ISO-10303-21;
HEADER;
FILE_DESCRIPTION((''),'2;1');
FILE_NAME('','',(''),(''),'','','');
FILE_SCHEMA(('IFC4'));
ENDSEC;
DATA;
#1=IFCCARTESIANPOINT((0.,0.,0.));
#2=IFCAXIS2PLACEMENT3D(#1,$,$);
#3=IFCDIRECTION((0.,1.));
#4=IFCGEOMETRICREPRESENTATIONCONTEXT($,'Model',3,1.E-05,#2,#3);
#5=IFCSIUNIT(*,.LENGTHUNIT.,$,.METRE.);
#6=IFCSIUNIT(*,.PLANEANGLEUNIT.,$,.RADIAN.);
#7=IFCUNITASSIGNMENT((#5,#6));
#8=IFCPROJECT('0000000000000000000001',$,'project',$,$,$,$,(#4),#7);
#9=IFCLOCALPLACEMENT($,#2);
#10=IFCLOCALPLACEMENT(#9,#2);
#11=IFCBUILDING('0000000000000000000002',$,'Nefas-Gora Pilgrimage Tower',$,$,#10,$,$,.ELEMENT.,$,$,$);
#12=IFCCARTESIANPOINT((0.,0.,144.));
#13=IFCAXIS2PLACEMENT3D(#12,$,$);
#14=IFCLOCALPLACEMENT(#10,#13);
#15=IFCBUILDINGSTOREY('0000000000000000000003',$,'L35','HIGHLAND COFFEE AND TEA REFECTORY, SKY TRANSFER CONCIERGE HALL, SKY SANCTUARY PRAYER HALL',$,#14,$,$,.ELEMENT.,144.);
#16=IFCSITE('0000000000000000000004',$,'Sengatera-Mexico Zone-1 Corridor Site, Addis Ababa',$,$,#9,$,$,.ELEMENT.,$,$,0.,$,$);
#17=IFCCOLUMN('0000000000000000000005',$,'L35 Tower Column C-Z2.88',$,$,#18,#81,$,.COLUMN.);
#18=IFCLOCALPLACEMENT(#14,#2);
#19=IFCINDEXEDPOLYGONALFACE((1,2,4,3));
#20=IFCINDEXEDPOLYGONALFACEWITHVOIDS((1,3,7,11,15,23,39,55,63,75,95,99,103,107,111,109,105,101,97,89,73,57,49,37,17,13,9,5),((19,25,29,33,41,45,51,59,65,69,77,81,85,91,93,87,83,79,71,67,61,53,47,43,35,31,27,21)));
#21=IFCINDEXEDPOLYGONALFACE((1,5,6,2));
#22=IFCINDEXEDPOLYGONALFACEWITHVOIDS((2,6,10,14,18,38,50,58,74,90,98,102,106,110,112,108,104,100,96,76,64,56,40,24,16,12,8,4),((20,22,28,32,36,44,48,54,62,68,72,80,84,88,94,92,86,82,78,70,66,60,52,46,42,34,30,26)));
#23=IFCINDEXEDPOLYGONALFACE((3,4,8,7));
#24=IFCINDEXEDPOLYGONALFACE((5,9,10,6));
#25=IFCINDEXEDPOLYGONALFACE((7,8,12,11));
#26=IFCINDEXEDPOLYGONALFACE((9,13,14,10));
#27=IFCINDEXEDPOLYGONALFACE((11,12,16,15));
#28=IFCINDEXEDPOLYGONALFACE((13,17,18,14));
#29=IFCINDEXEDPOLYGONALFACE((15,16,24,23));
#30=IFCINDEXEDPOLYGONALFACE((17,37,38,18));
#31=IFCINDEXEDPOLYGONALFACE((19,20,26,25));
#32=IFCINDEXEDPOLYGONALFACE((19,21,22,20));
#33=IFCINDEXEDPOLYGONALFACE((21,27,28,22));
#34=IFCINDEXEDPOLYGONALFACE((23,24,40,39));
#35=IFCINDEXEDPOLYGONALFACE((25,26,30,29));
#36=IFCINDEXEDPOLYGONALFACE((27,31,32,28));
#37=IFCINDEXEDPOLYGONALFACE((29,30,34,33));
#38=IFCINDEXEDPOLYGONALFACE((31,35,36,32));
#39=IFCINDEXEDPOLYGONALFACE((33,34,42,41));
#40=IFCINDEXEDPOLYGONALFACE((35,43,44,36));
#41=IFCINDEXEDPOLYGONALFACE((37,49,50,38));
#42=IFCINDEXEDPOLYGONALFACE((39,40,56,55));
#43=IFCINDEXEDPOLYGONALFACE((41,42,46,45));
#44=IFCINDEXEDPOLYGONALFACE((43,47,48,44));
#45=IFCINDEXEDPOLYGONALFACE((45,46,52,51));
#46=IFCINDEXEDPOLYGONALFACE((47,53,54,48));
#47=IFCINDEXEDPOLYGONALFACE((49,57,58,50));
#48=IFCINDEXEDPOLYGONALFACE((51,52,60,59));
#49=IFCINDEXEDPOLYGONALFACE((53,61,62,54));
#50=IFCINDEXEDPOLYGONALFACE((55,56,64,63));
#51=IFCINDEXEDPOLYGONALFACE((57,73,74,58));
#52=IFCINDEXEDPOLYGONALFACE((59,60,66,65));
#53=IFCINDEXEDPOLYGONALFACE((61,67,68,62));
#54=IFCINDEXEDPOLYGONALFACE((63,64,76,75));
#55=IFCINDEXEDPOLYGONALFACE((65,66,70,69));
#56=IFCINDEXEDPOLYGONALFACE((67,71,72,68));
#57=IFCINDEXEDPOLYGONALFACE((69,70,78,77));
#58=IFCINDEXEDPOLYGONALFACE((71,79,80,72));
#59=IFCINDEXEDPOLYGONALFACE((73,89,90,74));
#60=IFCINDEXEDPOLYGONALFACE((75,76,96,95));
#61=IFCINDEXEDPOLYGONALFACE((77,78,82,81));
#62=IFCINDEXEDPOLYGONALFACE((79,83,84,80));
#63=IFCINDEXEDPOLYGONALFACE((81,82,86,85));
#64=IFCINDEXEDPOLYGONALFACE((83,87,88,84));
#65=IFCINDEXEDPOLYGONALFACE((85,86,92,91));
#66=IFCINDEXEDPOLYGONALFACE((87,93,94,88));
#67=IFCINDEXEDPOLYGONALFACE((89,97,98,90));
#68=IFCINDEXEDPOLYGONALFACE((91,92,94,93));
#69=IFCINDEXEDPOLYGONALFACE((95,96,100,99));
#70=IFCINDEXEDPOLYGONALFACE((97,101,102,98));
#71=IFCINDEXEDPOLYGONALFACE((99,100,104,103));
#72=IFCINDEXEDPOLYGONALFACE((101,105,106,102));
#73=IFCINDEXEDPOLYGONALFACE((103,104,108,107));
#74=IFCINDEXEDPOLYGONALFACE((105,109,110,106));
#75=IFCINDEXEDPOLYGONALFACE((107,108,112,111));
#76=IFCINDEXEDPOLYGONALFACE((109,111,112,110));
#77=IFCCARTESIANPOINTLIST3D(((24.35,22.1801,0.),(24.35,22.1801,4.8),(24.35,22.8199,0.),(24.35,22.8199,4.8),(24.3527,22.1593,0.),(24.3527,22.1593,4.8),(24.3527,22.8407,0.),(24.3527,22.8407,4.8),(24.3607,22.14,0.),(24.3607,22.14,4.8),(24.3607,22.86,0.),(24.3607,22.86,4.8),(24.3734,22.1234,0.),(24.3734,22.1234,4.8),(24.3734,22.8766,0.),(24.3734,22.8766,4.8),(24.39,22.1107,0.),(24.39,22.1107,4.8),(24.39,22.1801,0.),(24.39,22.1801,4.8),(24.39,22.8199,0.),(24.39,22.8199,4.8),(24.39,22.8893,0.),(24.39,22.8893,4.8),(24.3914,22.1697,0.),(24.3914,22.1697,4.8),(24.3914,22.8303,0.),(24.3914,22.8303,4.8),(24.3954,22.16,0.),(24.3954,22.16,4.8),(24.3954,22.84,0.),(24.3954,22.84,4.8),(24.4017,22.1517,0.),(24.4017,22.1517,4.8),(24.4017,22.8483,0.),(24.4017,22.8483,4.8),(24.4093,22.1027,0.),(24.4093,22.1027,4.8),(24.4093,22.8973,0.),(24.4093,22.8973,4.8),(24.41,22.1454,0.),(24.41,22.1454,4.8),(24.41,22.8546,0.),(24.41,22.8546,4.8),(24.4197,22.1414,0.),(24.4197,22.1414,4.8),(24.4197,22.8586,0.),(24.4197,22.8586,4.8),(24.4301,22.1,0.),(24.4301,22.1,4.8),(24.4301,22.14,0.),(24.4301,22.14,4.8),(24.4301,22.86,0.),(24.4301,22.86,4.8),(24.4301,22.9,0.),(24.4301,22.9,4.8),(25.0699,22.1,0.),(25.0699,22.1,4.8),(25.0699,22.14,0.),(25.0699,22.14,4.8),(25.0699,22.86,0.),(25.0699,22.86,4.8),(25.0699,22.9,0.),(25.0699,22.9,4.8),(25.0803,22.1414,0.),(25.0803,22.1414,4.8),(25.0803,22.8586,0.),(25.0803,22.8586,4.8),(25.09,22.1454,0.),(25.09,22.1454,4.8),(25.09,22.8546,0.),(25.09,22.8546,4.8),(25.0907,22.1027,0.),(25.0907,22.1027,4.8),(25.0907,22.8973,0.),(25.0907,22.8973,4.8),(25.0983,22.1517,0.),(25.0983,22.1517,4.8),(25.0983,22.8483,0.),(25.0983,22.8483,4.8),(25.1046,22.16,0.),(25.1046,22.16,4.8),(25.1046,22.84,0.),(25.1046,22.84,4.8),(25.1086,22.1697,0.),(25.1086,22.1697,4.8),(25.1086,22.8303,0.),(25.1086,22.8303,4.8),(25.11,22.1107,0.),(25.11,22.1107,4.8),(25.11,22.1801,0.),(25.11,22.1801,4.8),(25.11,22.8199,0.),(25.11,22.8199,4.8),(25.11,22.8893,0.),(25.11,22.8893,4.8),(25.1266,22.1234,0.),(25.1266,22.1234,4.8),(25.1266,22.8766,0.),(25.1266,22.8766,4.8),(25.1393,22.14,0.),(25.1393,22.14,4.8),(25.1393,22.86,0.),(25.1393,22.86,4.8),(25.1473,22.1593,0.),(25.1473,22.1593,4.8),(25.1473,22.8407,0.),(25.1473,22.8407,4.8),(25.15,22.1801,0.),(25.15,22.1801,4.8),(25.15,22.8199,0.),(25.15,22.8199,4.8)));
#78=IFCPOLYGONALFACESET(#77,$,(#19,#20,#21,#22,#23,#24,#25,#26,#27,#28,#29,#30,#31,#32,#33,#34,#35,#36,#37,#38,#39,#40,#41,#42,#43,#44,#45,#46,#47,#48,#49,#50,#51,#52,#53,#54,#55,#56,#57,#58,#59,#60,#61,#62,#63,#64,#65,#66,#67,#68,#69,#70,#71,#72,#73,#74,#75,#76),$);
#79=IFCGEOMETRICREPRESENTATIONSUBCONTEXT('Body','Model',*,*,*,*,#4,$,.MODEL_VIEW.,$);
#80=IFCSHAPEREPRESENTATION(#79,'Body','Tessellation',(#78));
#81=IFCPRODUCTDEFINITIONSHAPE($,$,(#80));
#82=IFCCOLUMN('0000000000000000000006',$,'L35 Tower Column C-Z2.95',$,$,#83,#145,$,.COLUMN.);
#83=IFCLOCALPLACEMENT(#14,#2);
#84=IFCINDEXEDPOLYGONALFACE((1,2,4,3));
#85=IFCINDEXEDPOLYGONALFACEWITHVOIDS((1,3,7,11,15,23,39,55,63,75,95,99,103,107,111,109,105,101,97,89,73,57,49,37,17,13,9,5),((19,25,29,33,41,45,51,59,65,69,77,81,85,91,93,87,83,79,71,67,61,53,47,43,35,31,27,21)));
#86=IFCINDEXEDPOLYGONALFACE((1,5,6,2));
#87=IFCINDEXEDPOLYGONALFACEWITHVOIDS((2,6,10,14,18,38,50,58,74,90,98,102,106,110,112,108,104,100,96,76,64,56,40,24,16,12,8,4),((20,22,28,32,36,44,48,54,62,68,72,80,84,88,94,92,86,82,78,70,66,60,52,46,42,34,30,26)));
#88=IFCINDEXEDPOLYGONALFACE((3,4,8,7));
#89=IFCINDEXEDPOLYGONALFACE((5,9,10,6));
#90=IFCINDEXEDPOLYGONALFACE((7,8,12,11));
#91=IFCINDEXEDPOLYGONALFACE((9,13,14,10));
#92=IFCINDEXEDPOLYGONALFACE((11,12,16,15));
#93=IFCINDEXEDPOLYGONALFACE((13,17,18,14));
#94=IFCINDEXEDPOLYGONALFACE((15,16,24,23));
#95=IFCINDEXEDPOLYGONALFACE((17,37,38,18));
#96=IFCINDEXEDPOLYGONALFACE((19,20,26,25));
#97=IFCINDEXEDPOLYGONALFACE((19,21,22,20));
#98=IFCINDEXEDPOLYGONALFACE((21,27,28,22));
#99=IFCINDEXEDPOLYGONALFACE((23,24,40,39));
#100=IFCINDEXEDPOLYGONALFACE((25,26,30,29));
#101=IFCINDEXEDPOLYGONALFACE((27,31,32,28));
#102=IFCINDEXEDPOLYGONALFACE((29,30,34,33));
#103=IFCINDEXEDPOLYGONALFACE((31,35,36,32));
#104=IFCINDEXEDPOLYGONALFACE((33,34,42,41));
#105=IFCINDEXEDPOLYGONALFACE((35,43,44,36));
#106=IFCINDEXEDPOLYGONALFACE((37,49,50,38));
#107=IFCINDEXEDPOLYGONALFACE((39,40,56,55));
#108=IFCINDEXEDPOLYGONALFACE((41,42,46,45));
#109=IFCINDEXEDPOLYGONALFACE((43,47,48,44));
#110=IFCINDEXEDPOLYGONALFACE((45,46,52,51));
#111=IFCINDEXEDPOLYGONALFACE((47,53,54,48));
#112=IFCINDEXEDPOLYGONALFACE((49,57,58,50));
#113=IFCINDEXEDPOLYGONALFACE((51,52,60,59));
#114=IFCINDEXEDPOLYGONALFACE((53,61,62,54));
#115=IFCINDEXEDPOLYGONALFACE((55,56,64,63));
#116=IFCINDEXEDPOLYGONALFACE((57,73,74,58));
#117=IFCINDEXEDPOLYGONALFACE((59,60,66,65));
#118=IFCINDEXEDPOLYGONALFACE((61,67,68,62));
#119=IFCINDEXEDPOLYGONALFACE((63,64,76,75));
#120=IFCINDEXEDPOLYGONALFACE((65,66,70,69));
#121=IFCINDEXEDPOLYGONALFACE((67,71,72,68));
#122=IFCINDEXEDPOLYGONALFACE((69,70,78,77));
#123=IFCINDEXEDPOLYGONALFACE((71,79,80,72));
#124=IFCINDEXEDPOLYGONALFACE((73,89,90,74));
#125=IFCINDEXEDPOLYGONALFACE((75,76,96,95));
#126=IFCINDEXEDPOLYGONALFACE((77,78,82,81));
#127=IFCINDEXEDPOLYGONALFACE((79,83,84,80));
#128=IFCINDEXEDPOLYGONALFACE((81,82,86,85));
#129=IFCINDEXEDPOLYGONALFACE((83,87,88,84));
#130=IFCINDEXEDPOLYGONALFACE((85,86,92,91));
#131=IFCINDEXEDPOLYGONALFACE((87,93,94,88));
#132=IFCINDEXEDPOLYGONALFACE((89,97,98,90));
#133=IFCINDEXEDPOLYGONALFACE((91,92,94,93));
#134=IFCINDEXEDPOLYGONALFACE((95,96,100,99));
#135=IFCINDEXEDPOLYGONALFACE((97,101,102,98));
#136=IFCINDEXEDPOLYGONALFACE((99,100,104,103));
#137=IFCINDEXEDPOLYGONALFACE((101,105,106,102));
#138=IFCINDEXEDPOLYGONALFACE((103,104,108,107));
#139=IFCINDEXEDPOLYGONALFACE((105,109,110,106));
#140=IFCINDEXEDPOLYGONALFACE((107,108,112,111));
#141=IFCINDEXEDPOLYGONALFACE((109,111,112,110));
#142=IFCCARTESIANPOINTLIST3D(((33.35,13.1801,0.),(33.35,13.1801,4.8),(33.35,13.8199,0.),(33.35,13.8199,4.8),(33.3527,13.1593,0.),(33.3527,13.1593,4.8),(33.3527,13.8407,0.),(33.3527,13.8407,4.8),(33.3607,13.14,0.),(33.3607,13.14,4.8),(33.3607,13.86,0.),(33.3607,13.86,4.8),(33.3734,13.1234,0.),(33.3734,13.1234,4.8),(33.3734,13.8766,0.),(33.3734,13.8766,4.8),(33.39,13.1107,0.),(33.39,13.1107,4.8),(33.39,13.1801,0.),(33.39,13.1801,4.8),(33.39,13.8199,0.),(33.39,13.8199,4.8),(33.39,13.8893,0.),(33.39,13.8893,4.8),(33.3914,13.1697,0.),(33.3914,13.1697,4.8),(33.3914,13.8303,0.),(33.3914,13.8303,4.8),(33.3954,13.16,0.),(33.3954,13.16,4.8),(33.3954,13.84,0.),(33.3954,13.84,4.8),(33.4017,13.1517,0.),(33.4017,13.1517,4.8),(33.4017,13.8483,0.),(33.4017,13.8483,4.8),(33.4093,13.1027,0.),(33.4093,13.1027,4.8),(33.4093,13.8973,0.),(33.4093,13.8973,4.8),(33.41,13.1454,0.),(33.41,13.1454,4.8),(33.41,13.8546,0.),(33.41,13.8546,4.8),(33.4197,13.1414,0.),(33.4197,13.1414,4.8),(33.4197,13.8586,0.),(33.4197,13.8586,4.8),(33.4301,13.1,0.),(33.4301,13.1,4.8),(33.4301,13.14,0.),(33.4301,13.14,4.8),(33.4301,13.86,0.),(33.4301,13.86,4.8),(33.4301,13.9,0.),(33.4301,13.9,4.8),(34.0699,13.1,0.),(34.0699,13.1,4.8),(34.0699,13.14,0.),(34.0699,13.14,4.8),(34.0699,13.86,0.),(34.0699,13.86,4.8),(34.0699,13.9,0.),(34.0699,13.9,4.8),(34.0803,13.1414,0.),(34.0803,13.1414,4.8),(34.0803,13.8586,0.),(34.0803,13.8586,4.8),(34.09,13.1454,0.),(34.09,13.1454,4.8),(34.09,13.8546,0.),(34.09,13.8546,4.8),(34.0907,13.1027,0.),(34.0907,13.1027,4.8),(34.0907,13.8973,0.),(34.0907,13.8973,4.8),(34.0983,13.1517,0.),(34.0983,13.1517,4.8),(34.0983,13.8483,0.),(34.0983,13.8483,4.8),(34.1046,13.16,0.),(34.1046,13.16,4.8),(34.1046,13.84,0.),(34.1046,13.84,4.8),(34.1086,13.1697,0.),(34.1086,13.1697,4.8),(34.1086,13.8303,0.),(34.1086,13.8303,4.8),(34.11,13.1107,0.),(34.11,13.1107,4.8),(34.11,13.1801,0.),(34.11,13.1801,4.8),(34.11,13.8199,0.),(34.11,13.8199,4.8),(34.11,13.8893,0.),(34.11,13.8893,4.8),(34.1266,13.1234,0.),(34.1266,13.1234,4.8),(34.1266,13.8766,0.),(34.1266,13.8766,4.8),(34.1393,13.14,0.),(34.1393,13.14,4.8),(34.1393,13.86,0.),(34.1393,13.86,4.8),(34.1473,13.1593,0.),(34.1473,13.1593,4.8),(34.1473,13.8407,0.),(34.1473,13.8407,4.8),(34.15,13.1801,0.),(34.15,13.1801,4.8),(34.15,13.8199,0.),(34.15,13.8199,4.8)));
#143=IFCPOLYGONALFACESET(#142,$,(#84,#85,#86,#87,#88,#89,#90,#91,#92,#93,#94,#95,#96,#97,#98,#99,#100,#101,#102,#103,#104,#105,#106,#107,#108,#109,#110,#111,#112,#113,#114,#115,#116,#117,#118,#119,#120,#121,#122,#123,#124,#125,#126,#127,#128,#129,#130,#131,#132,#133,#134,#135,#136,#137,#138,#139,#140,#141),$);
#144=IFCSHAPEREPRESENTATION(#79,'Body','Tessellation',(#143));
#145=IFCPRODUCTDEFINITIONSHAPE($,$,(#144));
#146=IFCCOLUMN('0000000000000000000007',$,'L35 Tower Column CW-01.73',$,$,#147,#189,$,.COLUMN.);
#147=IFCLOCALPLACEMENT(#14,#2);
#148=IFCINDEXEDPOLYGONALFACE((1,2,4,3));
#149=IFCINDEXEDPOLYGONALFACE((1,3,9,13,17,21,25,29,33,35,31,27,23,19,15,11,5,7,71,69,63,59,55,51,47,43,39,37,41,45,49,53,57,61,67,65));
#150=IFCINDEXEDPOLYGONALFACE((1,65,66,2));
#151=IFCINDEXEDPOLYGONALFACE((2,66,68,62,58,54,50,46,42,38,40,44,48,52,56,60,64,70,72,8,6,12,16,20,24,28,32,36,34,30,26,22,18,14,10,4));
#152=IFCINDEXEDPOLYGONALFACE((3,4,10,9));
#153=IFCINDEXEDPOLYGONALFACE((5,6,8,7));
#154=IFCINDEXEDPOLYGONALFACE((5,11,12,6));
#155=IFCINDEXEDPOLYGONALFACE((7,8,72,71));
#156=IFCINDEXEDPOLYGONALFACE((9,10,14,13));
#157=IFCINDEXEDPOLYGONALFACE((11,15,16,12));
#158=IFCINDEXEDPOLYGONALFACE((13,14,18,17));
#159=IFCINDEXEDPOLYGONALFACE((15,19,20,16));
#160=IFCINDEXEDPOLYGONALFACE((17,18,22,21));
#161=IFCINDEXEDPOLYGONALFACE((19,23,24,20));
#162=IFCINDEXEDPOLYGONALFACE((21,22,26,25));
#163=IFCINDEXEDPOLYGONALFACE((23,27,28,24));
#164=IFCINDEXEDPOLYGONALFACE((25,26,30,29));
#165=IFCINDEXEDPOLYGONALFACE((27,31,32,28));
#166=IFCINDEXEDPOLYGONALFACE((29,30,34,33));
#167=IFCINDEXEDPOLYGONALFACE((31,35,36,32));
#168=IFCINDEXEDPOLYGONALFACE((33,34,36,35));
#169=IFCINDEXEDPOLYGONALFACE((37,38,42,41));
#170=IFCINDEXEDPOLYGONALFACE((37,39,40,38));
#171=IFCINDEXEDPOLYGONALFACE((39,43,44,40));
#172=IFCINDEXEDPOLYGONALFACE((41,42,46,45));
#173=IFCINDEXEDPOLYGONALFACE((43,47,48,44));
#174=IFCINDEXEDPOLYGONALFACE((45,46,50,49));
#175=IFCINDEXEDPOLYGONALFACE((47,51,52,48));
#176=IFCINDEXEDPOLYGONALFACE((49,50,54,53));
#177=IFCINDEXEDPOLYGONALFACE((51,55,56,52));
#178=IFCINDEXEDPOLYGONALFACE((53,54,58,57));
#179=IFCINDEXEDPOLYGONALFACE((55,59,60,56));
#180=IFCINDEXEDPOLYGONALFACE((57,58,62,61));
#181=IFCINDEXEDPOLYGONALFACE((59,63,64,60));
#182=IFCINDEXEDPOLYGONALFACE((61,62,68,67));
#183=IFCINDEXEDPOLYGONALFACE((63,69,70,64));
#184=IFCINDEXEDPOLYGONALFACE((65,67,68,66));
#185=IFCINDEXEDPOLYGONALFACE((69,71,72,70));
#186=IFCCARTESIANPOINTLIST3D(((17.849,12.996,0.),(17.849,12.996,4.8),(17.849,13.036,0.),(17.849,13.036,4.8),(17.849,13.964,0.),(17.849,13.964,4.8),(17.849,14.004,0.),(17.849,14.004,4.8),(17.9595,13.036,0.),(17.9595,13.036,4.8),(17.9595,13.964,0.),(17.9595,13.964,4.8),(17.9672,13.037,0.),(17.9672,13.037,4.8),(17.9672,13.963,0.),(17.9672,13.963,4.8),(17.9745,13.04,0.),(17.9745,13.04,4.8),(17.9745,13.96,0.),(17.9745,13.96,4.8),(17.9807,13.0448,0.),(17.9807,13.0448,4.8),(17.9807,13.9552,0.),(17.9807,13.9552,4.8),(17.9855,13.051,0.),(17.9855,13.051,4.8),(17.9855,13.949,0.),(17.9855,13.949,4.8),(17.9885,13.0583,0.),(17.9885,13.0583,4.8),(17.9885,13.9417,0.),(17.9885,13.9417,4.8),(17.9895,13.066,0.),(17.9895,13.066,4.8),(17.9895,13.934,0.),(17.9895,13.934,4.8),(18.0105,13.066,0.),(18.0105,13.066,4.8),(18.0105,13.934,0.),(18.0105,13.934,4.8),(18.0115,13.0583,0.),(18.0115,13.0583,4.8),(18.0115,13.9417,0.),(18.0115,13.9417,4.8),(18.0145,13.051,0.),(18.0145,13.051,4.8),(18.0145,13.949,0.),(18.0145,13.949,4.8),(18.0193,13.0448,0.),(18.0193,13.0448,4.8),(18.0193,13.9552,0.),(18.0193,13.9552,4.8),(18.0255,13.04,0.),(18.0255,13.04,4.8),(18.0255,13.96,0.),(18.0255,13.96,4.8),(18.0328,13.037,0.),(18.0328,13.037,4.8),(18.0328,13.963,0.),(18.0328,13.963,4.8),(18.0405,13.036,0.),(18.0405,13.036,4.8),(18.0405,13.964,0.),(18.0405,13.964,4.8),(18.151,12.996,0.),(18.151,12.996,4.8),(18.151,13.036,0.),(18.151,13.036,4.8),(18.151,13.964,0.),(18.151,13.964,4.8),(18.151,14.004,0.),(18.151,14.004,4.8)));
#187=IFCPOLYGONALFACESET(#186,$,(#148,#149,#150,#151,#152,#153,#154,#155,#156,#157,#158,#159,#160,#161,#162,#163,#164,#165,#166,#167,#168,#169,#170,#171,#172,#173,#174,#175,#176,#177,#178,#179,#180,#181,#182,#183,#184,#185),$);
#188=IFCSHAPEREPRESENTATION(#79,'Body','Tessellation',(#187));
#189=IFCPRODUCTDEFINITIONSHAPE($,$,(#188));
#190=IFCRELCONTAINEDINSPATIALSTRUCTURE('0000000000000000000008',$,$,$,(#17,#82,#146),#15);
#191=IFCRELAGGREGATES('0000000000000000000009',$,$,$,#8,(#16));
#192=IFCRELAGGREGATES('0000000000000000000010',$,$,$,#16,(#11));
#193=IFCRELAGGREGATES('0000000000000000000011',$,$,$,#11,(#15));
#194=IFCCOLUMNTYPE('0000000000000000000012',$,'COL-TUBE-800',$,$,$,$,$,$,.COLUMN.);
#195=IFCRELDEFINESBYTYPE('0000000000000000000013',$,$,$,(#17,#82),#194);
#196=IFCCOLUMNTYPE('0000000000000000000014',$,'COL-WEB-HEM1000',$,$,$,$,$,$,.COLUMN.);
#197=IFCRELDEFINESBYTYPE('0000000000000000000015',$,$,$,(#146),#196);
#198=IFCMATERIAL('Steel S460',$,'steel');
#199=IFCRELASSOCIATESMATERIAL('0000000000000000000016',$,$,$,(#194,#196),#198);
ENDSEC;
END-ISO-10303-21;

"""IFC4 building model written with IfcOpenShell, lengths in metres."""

from ifc_helpers import new_model, si_unit, direction, frame, origin, origin_2d, place, context, subcontext, project, spatial, hollow_rectangle, i_section, extrude, source, transform, mapped, material, material_profile, profile_set, type_object, element, save


model = new_model("IFC4")

# Units and contexts
model_context = context("Model", 3, precision=1e-05, world=origin(), true_north=direction((0.0, 1.0)))
body_context = subcontext(model_context, "Body", "Model", "MODEL_VIEW")
ifc_project = project(units=[si_unit("LENGTHUNIT", "METRE"), si_unit("PLANEANGLEUNIT", "RADIAN")], contexts=[model_context])

# Site, building, storey
site_placement = place(None, origin())
site = spatial("IfcSite", under=ifc_project, at=site_placement, Name="Sengatera-Mexico Zone-1 Corridor Site, Addis Ababa", CompositionType="ELEMENT", RefElevation=0.0)
building_placement = place(site_placement, origin())
building = spatial("IfcBuilding", under=site, at=building_placement, Name="Nefas-Gora Pilgrimage Tower", CompositionType="ELEMENT")
storey_placement = place(building_placement, frame((0.0, 0.0, 144.0)))
storey = spatial("IfcBuildingStorey", under=building, at=storey_placement, Name="L35", Description="HIGHLAND COFFEE AND TEA REFECTORY, SKY TRANSFER CONCIERGE HALL, SKY SANCTUARY PRAYER HALL", CompositionType="ELEMENT", Elevation=144.0)

# Columns
ifc_material_1 = material(Name="Steel S460", Category="steel")
ifc_material_profile_1 = material_profile(ifc_material_1, hollow_rectangle(XDim=0.8, YDim=0.8, WallThickness=0.04, InnerFilletRadius=0.04, OuterFilletRadius=0.0801, at=origin_2d()), Name="BOX 800x800x40")
ifc_profile_set_1 = profile_set([ifc_material_profile_1], Name="Steel S460")
column_type_1 = type_object("IfcColumnType", Name="COL-TUBE-800", PredefinedType="COLUMN", material=ifc_profile_set_1)
shared_shape_1 = source(origin(), body_context, "Body", "SweptSolid", [
    extrude(hollow_rectangle(XDim=0.8, YDim=0.8, WallThickness=0.04, InnerFilletRadius=0.04, OuterFilletRadius=0.0801, at=origin_2d()), origin(), (0.0, 0.0, 1.0), 4.8),
])
for number, where, z_axis, x_axis, name in (
    (1, (24.75, 22.5, 0.0), (0.0, 0.0, 1.0), (1.0, 0.0, 0.0), "L35 Tower Column C-Z2.88"),
    (2, (33.75, 13.5, 0.0), (0.0, 0.0, 1.0), (1.0, 0.0, 0.0), "L35 Tower Column C-Z2.95"),
):
    element("IfcColumn", number, at=place(storey_placement, frame(where, z_axis=z_axis, x_axis=x_axis)), inside=storey, type_object=column_type_1, Name=name, PredefinedType="COLUMN", context=body_context, shape_type="MappedRepresentation", body=[
        mapped(shared_shape_1, transform((0.0, 0.0, 0.0), x_axis=(1.0, 0.0, 0.0), y_axis=(0.0, 1.0, 0.0), z_axis=(0.0, 0.0, 1.0), scale=1.0)),
    ])
ifc_material_profile_2 = material_profile(ifc_material_1, i_section(OverallWidth=0.302, OverallDepth=1.0081, WebThickness=0.021, FlangeThickness=0.04, FilletRadius=0.03, at=origin_2d()), Name="HEM 1000")
ifc_profile_set_2 = profile_set([ifc_material_profile_2], Name="Steel S460")
column_type_2 = type_object("IfcColumnType", Name="COL-WEB-HEM1000", PredefinedType="COLUMN", material=ifc_profile_set_2)
shared_shape_2 = source(origin(), body_context, "Body", "SweptSolid", [
    extrude(i_section(OverallWidth=0.302, OverallDepth=1.0081, WebThickness=0.021, FlangeThickness=0.04, FilletRadius=0.03, at=origin_2d()), origin(), (0.0, 0.0, 1.0), 4.8),
])
for number, where, z_axis, x_axis, name in (
    (3, (18.0, 13.5, 0.0), (0.0, 0.0, 1.0), (1.0, 0.0, 0.0), "L35 Tower Column CW-01.73"),
):
    element("IfcColumn", number, at=place(storey_placement, frame(where, z_axis=z_axis, x_axis=x_axis)), inside=storey, type_object=column_type_2, Name=name, PredefinedType="COLUMN", context=body_context, shape_type="MappedRepresentation", body=[
        mapped(shared_shape_2, transform((0.0, 0.0, 0.0), x_axis=(1.0, 0.0, 0.0), y_axis=(0.0, 1.0, 0.0), z_axis=(0.0, 0.0, 1.0), scale=1.0)),
    ])

save(model, "model.ifc")
